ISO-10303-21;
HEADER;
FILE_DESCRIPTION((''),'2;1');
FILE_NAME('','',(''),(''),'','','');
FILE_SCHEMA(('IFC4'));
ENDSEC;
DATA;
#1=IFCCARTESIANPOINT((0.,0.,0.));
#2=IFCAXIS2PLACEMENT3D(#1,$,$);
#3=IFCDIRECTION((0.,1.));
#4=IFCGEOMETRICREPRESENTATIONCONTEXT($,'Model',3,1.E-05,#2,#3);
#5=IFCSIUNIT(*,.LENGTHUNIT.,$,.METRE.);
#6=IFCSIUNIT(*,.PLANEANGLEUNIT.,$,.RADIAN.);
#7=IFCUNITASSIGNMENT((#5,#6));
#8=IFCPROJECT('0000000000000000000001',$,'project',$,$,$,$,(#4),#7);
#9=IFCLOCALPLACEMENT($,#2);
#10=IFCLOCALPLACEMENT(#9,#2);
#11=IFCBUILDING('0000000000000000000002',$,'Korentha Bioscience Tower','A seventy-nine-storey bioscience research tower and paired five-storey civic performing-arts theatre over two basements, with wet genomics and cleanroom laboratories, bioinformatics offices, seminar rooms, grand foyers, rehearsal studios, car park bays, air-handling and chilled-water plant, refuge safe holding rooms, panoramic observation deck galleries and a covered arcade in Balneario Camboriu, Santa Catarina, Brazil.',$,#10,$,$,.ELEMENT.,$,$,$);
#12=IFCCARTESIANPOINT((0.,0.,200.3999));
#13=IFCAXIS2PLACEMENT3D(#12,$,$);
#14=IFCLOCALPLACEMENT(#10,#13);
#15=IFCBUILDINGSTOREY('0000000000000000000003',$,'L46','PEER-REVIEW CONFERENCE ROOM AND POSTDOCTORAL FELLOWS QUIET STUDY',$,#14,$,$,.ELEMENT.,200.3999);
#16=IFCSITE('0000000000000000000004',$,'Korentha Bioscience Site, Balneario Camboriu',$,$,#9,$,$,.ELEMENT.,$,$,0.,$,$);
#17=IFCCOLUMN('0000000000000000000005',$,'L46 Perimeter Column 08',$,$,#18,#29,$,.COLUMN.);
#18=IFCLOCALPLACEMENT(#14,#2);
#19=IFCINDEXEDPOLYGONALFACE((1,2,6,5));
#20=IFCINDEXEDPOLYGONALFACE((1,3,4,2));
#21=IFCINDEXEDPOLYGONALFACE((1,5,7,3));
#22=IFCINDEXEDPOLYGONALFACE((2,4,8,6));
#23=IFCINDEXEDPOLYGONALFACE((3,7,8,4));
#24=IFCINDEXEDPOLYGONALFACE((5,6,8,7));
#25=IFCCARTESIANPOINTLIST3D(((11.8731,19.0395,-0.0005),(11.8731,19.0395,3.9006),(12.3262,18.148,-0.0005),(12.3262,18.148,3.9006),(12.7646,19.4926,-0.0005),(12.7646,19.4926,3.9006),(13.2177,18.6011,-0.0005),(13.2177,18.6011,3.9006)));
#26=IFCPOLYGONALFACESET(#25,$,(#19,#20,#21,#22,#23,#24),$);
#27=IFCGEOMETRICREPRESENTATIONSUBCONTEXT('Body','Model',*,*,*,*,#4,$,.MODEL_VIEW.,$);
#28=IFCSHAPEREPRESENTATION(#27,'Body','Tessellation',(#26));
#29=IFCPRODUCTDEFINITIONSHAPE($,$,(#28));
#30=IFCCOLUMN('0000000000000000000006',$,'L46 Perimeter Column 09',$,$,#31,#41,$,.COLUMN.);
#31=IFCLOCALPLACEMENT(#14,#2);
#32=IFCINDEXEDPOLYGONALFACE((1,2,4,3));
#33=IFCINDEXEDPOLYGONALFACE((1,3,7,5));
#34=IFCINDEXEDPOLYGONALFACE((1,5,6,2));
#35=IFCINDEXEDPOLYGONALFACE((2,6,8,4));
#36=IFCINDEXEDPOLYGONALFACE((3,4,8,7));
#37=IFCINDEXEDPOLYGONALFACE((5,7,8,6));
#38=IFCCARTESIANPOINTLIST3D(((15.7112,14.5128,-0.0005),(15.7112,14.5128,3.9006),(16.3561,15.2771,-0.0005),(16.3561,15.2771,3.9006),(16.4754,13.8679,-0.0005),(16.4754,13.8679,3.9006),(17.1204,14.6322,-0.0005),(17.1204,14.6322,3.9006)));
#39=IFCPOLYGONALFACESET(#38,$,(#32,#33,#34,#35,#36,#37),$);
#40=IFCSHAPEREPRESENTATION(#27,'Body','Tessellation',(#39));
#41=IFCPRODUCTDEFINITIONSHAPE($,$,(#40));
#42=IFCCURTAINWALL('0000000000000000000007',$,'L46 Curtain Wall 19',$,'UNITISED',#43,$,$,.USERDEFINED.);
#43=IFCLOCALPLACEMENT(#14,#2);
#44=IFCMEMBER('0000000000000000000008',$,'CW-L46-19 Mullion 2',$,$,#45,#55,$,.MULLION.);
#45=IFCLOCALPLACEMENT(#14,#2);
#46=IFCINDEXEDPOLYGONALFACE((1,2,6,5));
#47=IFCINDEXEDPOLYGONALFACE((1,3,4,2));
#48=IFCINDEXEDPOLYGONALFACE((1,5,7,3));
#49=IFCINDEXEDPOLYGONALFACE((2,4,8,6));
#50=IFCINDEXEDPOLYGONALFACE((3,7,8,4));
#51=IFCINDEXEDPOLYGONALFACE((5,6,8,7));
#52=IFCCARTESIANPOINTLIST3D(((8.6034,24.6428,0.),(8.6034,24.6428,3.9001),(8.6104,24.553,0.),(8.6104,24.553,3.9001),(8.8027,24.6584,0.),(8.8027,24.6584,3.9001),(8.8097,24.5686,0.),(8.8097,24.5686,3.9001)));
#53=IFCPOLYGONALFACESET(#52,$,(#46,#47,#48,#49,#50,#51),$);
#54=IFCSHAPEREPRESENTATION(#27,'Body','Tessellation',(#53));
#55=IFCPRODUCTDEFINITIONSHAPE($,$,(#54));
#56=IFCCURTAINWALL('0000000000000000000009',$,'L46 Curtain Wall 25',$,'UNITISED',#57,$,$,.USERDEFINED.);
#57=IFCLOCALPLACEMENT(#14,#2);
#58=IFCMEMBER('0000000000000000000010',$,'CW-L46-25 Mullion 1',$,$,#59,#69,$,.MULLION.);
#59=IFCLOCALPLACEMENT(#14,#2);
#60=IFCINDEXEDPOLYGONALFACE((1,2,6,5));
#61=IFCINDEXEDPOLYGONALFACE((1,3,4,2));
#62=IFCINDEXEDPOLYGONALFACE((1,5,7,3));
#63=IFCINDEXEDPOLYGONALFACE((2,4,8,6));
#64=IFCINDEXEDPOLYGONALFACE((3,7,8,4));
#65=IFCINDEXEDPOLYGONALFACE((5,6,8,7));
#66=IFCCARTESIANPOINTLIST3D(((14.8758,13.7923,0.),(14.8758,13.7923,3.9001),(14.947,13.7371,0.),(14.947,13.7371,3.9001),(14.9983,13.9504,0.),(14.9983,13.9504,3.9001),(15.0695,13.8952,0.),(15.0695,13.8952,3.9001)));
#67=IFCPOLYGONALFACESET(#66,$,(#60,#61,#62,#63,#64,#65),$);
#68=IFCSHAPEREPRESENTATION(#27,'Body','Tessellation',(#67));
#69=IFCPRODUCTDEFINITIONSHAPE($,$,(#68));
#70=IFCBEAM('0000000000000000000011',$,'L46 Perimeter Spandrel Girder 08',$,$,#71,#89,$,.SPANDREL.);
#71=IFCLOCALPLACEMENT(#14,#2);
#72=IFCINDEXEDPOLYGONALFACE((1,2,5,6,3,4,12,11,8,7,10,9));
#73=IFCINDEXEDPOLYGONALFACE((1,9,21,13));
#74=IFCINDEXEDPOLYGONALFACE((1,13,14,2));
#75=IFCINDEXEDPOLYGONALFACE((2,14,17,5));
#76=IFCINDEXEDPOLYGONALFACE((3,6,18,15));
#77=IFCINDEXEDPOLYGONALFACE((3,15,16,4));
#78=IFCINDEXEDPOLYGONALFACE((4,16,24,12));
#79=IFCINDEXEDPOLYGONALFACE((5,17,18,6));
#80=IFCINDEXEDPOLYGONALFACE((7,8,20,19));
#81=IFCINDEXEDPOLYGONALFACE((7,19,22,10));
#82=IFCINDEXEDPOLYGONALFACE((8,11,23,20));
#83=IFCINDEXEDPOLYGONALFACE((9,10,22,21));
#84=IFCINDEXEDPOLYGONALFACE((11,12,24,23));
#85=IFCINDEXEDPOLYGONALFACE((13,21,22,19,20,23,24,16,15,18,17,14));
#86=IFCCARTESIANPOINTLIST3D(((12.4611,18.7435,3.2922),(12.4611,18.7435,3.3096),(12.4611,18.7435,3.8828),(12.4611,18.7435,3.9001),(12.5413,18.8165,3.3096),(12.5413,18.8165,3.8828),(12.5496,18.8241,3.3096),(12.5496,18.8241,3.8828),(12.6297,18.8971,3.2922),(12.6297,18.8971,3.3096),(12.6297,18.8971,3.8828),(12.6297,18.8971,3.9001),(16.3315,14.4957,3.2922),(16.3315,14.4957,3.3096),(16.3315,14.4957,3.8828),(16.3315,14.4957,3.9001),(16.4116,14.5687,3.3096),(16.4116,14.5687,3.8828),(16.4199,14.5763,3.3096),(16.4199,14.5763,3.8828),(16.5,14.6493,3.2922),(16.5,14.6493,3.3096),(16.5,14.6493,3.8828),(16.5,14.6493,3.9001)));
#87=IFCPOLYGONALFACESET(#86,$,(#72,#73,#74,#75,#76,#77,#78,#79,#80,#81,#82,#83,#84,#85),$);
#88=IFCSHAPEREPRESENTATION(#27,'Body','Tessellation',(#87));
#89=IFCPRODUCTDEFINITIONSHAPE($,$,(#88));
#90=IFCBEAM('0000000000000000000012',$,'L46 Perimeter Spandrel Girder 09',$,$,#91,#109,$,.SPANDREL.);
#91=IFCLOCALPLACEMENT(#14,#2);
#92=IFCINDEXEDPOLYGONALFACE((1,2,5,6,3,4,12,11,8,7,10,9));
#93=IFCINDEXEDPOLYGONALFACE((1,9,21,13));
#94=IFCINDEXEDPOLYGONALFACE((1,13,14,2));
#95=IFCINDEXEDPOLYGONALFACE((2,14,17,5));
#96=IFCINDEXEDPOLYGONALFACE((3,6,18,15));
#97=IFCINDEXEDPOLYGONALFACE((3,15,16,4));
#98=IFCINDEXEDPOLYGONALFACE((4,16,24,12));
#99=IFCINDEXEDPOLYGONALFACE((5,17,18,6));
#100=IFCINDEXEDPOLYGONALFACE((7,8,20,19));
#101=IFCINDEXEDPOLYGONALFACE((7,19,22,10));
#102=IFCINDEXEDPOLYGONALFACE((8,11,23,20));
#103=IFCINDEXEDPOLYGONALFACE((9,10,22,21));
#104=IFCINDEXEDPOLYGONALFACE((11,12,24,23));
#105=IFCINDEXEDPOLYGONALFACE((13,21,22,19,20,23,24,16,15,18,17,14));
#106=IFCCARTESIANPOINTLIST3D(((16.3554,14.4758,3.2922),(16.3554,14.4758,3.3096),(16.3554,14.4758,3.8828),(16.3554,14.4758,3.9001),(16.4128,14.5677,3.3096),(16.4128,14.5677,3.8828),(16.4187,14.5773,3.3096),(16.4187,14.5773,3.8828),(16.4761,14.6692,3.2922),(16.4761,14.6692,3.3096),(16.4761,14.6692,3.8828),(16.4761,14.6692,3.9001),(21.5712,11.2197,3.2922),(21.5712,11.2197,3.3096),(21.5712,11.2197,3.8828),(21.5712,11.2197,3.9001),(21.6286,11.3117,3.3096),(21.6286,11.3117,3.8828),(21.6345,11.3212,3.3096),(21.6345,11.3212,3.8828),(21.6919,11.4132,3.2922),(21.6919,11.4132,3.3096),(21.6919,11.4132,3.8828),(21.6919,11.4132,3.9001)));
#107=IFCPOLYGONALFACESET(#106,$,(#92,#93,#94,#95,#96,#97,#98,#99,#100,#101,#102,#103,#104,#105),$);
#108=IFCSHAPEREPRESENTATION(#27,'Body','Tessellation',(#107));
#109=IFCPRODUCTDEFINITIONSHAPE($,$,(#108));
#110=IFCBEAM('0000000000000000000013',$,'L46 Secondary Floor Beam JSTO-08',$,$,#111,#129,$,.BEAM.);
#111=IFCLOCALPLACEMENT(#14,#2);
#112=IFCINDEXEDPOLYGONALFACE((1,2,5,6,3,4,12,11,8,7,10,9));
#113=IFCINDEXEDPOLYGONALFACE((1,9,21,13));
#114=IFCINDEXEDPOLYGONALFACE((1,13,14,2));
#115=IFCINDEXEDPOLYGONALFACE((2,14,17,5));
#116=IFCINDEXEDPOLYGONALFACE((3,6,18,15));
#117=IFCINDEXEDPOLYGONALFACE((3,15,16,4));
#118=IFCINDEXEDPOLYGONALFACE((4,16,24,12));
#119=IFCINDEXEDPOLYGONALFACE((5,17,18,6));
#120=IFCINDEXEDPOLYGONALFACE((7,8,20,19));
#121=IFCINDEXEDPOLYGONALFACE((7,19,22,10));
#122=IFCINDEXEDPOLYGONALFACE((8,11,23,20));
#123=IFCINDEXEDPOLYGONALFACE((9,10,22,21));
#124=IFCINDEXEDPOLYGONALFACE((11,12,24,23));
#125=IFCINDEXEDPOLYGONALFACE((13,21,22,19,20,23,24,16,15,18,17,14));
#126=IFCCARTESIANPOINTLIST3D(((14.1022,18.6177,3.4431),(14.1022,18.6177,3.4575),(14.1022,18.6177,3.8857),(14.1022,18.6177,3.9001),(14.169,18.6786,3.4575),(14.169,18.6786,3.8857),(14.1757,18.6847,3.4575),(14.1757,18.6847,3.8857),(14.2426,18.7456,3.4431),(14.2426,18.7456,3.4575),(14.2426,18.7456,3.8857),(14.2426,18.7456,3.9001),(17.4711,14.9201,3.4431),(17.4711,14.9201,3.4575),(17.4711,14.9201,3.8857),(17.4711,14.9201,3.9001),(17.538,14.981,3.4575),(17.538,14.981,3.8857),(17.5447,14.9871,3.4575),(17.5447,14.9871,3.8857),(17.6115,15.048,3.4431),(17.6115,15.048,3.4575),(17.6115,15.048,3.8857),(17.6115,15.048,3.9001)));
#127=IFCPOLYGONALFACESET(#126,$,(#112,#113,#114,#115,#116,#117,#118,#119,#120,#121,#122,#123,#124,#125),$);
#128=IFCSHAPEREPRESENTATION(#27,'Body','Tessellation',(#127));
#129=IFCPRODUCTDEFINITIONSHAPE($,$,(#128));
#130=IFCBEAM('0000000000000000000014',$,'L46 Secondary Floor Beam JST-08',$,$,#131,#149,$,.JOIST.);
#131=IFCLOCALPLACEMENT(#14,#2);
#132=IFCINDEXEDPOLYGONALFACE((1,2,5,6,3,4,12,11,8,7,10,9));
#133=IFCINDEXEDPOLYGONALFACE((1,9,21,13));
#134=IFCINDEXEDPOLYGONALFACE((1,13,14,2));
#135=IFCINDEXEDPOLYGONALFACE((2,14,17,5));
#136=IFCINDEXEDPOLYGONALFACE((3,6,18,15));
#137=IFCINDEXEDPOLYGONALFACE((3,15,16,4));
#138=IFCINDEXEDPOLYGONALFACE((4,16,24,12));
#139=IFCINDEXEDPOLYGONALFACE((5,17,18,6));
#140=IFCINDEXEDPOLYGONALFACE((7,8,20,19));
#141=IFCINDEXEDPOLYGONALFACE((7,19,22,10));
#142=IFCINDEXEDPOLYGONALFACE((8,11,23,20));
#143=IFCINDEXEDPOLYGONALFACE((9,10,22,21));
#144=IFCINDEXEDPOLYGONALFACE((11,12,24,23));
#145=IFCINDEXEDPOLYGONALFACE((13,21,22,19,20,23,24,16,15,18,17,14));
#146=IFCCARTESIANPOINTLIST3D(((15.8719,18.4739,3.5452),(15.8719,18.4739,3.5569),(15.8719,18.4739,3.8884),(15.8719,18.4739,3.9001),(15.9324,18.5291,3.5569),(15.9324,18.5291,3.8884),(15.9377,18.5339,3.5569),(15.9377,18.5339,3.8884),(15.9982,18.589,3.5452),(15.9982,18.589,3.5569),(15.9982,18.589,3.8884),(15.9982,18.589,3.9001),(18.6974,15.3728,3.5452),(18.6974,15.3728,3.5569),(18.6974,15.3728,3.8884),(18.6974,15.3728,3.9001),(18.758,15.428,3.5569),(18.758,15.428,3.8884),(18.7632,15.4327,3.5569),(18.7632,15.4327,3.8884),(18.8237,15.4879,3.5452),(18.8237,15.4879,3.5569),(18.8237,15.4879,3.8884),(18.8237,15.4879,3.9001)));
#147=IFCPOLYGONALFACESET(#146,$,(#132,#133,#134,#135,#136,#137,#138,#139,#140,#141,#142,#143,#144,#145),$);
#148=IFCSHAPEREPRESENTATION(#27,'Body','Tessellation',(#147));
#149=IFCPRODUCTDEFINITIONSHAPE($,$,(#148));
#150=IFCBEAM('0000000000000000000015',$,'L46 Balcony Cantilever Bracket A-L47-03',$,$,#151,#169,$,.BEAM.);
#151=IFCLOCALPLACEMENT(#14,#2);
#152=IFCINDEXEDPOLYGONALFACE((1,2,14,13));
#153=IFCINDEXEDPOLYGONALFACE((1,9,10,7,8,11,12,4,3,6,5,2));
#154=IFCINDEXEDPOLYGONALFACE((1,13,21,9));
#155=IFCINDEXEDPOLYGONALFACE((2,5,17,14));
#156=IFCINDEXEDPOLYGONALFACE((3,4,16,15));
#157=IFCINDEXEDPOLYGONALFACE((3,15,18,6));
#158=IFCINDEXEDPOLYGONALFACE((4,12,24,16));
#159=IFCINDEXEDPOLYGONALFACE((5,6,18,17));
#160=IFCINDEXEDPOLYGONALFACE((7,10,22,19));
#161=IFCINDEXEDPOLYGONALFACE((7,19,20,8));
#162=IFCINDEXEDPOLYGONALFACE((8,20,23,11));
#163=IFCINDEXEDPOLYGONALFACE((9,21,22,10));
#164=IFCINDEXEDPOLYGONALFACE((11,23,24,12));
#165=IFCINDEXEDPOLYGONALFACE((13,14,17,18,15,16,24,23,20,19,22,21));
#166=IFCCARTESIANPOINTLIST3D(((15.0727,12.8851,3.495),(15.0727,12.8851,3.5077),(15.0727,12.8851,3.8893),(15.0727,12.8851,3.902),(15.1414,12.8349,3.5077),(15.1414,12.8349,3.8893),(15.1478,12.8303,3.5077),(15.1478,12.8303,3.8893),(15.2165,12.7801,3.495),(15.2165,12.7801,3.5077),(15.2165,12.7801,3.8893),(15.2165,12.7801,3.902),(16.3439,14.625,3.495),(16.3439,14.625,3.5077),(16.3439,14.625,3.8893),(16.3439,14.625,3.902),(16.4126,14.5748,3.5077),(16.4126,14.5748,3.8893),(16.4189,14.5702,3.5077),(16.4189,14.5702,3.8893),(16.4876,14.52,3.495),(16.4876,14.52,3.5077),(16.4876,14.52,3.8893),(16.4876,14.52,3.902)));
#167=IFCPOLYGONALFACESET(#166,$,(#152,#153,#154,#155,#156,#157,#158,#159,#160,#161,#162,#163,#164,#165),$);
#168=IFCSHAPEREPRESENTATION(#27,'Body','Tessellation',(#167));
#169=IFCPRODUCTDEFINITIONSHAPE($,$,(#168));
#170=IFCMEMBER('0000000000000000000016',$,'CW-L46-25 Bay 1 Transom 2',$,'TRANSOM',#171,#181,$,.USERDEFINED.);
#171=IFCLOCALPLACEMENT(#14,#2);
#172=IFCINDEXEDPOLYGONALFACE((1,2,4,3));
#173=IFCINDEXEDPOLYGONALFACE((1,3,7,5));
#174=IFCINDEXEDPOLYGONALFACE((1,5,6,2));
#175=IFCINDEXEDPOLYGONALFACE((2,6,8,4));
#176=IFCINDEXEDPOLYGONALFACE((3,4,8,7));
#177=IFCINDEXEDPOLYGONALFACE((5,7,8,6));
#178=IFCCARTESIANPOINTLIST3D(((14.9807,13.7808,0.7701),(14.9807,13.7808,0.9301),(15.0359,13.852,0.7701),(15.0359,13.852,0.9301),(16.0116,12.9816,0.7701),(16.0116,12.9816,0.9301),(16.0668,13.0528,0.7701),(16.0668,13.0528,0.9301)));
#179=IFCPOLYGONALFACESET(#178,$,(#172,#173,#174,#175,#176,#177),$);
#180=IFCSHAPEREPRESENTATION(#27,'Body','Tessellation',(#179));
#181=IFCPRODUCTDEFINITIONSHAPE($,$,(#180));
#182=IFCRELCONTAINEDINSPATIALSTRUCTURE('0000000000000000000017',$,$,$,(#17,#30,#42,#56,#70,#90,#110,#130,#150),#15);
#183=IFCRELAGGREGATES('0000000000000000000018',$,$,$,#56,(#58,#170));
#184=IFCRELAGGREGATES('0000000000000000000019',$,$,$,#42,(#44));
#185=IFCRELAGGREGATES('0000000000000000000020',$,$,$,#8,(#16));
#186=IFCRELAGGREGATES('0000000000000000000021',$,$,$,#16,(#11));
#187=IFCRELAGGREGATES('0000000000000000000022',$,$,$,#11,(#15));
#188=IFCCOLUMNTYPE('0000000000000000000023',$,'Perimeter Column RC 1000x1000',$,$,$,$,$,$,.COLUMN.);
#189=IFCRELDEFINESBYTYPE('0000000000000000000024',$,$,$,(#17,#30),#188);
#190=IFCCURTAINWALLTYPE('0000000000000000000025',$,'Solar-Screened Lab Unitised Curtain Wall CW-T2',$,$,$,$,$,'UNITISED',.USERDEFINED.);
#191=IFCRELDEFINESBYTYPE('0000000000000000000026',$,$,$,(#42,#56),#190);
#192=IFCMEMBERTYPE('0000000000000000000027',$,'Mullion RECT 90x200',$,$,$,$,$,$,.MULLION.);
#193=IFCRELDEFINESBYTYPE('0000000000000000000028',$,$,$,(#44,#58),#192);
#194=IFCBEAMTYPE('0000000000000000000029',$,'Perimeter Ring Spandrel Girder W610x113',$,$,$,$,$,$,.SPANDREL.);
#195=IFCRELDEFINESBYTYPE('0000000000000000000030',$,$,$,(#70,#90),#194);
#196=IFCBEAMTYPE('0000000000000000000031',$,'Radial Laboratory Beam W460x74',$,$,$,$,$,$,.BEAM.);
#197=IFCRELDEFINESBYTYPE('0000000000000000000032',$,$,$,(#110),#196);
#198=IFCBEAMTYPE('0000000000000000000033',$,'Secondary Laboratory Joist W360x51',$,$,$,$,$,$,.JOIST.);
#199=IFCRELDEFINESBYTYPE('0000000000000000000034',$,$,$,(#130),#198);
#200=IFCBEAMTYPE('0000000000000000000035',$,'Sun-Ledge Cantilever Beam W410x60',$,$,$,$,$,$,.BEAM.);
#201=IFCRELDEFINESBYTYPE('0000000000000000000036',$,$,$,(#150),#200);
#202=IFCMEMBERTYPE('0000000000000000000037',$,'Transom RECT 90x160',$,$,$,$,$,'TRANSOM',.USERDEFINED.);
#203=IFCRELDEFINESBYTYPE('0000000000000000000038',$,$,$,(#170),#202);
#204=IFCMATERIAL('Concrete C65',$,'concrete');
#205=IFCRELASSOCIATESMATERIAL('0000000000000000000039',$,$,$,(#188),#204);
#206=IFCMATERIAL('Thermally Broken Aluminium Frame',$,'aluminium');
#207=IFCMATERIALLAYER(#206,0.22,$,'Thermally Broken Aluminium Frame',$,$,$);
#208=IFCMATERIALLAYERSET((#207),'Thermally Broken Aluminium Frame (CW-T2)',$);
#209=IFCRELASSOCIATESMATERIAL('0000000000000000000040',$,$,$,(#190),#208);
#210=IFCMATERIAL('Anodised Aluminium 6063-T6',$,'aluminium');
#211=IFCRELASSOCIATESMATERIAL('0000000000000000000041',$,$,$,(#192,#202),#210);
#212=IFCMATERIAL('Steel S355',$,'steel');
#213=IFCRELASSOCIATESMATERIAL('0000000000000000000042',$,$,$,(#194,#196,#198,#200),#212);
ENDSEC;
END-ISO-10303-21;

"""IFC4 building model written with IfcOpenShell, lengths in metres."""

from ifc_helpers import new_model, si_unit, direction, frame, origin, origin_2d, place, context, subcontext, project, spatial, rectangle, i_section, extrude, material, layer, layer_set, material_profile, profile_set, type_object, element, aggregate, save


model = new_model("IFC4")

# Units and contexts
model_context = context("Model", 3, precision=1e-05, world=origin(), true_north=direction((0.0, 1.0)))
body_context = subcontext(model_context, "Body", "Model", "MODEL_VIEW")
ifc_project = project(units=[si_unit("LENGTHUNIT", "METRE"), si_unit("PLANEANGLEUNIT", "RADIAN")], contexts=[model_context])

# Site, building, storey
site_placement = place(None, origin())
site = spatial("IfcSite", under=ifc_project, at=site_placement, Name="Korentha Bioscience Site, Balneario Camboriu", CompositionType="ELEMENT", RefElevation=0.0)
building_placement = place(site_placement, origin())
building = spatial("IfcBuilding", under=site, at=building_placement, Name="Korentha Bioscience Tower", Description="A seventy-nine-storey bioscience research tower and paired five-storey civic performing-arts theatre over two basements, with wet genomics and cleanroom laboratories, bioinformatics offices, seminar rooms, grand foyers, rehearsal studios, car park bays, air-handling and chilled-water plant, refuge safe holding rooms, panoramic observation deck galleries and a covered arcade in Balneario Camboriu, Santa Catarina, Brazil.", CompositionType="ELEMENT")
storey_placement = place(building_placement, frame((0.0, 0.0, 200.3999)))
storey = spatial("IfcBuildingStorey", under=building, at=storey_placement, Name="L46", Description="PEER-REVIEW CONFERENCE ROOM AND POSTDOCTORAL FELLOWS QUIET STUDY", CompositionType="ELEMENT", Elevation=200.3999)

# Columns
ifc_material_1 = material(Name="Concrete C65", Category="concrete")
ifc_material_profile_1 = material_profile(ifc_material_1, rectangle(XDim=1.0, YDim=1.0, at=origin_2d()), Name="Concrete C65")
ifc_profile_set_1 = profile_set([ifc_material_profile_1], Name="Concrete C65 (COL-P10)")
column_type = type_object("IfcColumnType", Name="Perimeter Column RC 1000x1000", PredefinedType="COLUMN", material=ifc_profile_set_1)
for number, where, z_axis, x_axis, name in (
    (1, (12.5454, 18.8203, -0.0005), (0.0, 0.0, 1.0), (-0.453057, 0.891481, 0.0), "L46 Perimeter Column 08"),
    (2, (16.4158, 14.5725, -0.0005), (0.0, 0.0, 1.0), (-0.764246, 0.644924, 0.0), "L46 Perimeter Column 09"),
):
    element("IfcColumn", number, at=place(storey_placement, frame(where, z_axis=z_axis, x_axis=x_axis)), inside=storey, type_object=column_type, Name=name, PredefinedType="COLUMN", context=body_context, shape_type="SweptSolid", body=[
        extrude(rectangle(XDim=1.0, YDim=1.0, at=origin_2d()), origin(), (0.0, 0.0, 1.0), 3.9011),
    ])

# Curtain walls, members
ifc_material_2 = material(Name="Thermally Broken Aluminium Frame", Category="aluminium")
ifc_layer_1 = layer(ifc_material_2, 0.22, Name="Thermally Broken Aluminium Frame")
ifc_layer_set_1 = layer_set([ifc_layer_1], Name="Thermally Broken Aluminium Frame (CW-T2)")
curtain_wall_type = type_object("IfcCurtainWallType", Name="Solar-Screened Lab Unitised Curtain Wall CW-T2", ElementType="UNITISED", PredefinedType="USERDEFINED", material=ifc_layer_set_1)
curtain_wall_1_placement = place(storey_placement, origin())
curtain_wall_1 = element("IfcCurtainWall", 3, at=curtain_wall_1_placement, inside=storey, type_object=curtain_wall_type, Name="L46 Curtain Wall 19", ObjectType="UNITISED", PredefinedType="USERDEFINED")
ifc_material_3 = material(Name="Anodised Aluminium 6063-T6", Category="aluminium")
ifc_material_profile_2 = material_profile(ifc_material_3, rectangle(XDim=0.0901, YDim=0.2, at=origin_2d()), Name="Anodised Aluminium 6063-T6")
ifc_profile_set_2 = profile_set([ifc_material_profile_2], Name="Anodised Aluminium 6063-T6 (CW-MUL)")
member_type_1 = type_object("IfcMemberType", Name="Mullion RECT 90x200", PredefinedType="MULLION", material=ifc_profile_set_2)
member_1_placement = place(storey_placement, frame((8.7065, 24.6057, 0.0), z_axis=(0.0, 0.0, 1.0), x_axis=(0.077988, -0.996954, 0.0)))
member_1 = element("IfcMember", 4, at=member_1_placement, type_object=member_type_1, Name="CW-L46-19 Mullion 2", PredefinedType="MULLION", context=body_context, shape_type="SweptSolid", body=[
    extrude(rectangle(XDim=0.0901, YDim=0.2, at=origin_2d()), origin(), (0.0, 0.0, 1.0), 3.9001),
])
curtain_wall_2_placement = place(storey_placement, origin())
curtain_wall_2 = element("IfcCurtainWall", 5, at=curtain_wall_2_placement, inside=storey, type_object=curtain_wall_type, Name="L46 Curtain Wall 25", ObjectType="UNITISED", PredefinedType="USERDEFINED")
member_2_placement = place(storey_placement, frame((14.9727, 13.8438, 0.0), z_axis=(0.0, 0.0, 1.0), x_axis=(0.790346, -0.612661, 0.0)))
member_2 = element("IfcMember", 6, at=member_2_placement, type_object=member_type_1, Name="CW-L46-25 Mullion 1", PredefinedType="MULLION", context=body_context, shape_type="SweptSolid", body=[
    extrude(rectangle(XDim=0.0901, YDim=0.2, at=origin_2d()), origin(), (0.0, 0.0, 1.0), 3.9001),
])

# Beams
ifc_material_4 = material(Name="Steel S355", Category="steel")
ifc_material_profile_3 = material_profile(ifc_material_4, i_section(OverallWidth=0.228, OverallDepth=0.6079, WebThickness=0.0112, FlangeThickness=0.0173, at=origin_2d()), Name="Steel S355")
ifc_profile_set_3 = profile_set([ifc_material_profile_3], Name="Steel S355 (SB-610)")
beam_type_1 = type_object("IfcBeamType", Name="Perimeter Ring Spandrel Girder W610x113", PredefinedType="SPANDREL", material=ifc_profile_set_3)
beam_1_placement = place(storey_placement, frame((12.5454, 18.8203, 3.5962), z_axis=(0.673503, -0.739184, 0.0), x_axis=(0.739184, 0.673503, 0.0)))
element("IfcBeam", 7, at=beam_1_placement, inside=storey, type_object=beam_type_1, Name="L46 Perimeter Spandrel Girder 08", PredefinedType="SPANDREL", context=body_context, shape_type="SweptSolid", body=[
    extrude(i_section(OverallWidth=0.228, OverallDepth=0.6079, WebThickness=0.0112, FlangeThickness=0.0173, at=origin_2d()), origin(), (0.0, 0.0, 1.0), 5.7466),
])
beam_2_placement = place(storey_placement, frame((16.4158, 14.5725, 3.5962), z_axis=(0.848275, -0.529556, 0.0), x_axis=(0.529556, 0.848275, 0.0)))
element("IfcBeam", 8, at=beam_2_placement, inside=storey, type_object=beam_type_1, Name="L46 Perimeter Spandrel Girder 09", PredefinedType="SPANDREL", context=body_context, shape_type="SweptSolid", body=[
    extrude(i_section(OverallWidth=0.228, OverallDepth=0.6079, WebThickness=0.0112, FlangeThickness=0.0173, at=origin_2d()), origin(), (0.0, 0.0, 1.0), 6.1487),
])
ifc_material_profile_4 = material_profile(ifc_material_4, i_section(OverallWidth=0.1899, OverallDepth=0.457, WebThickness=0.009, FlangeThickness=0.0144, at=origin_2d()), Name="Steel S355")
ifc_profile_set_4 = profile_set([ifc_material_profile_4], Name="Steel S355 (RB-460)")
beam_type_2 = type_object("IfcBeamType", Name="Radial Laboratory Beam W460x74", PredefinedType="BEAM", material=ifc_profile_set_4)
beam_3_placement = place(storey_placement, frame((14.1724, 18.6816, 3.6716), z_axis=(0.673496, -0.739191, 0.0), x_axis=(0.739191, 0.673496, 0.0)))
element("IfcBeam", 9, at=beam_3_placement, inside=storey, type_object=beam_type_2, Name="L46 Secondary Floor Beam JSTO-08", PredefinedType="BEAM", context=body_context, shape_type="SweptSolid", body=[
    extrude(i_section(OverallWidth=0.1899, OverallDepth=0.457, WebThickness=0.009, FlangeThickness=0.0144, at=origin_2d()), origin(), (0.0, 0.0, 1.0), 5.0022),
])
ifc_material_profile_5 = material_profile(ifc_material_4, i_section(OverallWidth=0.1709, OverallDepth=0.355, WebThickness=0.0071, FlangeThickness=0.0117, at=origin_2d()), Name="Steel S355")
ifc_profile_set_5 = profile_set([ifc_material_profile_5], Name="Steel S355 (JB-360)")
beam_type_3 = type_object("IfcBeamType", Name="Secondary Laboratory Joist W360x51", PredefinedType="JOIST", material=ifc_profile_set_5)
beam_4_placement = place(storey_placement, frame((15.9351, 18.5315, 3.7227), z_axis=(0.673492, -0.739194, 0.0), x_axis=(0.739194, 0.673492, 0.0)))
element("IfcBeam", 10, at=beam_4_placement, inside=storey, type_object=beam_type_3, Name="L46 Secondary Floor Beam JST-08", PredefinedType="JOIST", context=body_context, shape_type="SweptSolid", body=[
    extrude(i_section(OverallWidth=0.1709, OverallDepth=0.355, WebThickness=0.0071, FlangeThickness=0.0117, at=origin_2d()), origin(), (0.0, 0.0, 1.0), 4.1953),
])
ifc_material_profile_6 = material_profile(ifc_material_4, i_section(OverallWidth=0.178, OverallDepth=0.407, WebThickness=0.0078, FlangeThickness=0.0127, at=origin_2d()), Name="Steel S355")
ifc_profile_set_6 = profile_set([ifc_material_profile_6], Name="Steel S355 (CB-410)")
beam_type_4 = type_object("IfcBeamType", Name="Sun-Ledge Cantilever Beam W410x60", PredefinedType="BEAM", material=ifc_profile_set_6)
beam_5_placement = place(storey_placement, frame((16.4158, 14.5725, 3.6985), z_axis=(-0.589929, -0.807455, 0.0), x_axis=(0.807455, -0.589929, 0.0)))
element("IfcBeam", 11, at=beam_5_placement, inside=storey, type_object=beam_type_4, Name="L46 Balcony Cantilever Bracket A-L47-03", PredefinedType="BEAM", context=body_context, shape_type="SweptSolid", body=[
    extrude(i_section(OverallWidth=0.178, OverallDepth=0.407, WebThickness=0.0078, FlangeThickness=0.0127, at=origin_2d()), origin(), (0.0, 0.0, 1.0), 2.1548),
])

# Member
ifc_material_profile_7 = material_profile(ifc_material_3, rectangle(XDim=0.0901, YDim=0.1599, at=origin_2d()), Name="Anodised Aluminium 6063-T6")
ifc_profile_set_7 = profile_set([ifc_material_profile_7], Name="Anodised Aluminium 6063-T6 (CW-TRN)")
member_type_2 = type_object("IfcMemberType", Name="Transom RECT 90x160", ElementType="TRANSOM", PredefinedType="USERDEFINED", material=ifc_profile_set_7)
member_3_placement = place(storey_placement, frame((15.0083, 13.8164, 0.8501), z_axis=(0.790309, -0.612709, 0.0), x_axis=(0.612709, 0.790309, 0.0)))
member_3 = element("IfcMember", 12, at=member_3_placement, type_object=member_type_2, Name="CW-L46-25 Bay 1 Transom 2", ObjectType="TRANSOM", PredefinedType="USERDEFINED", context=body_context, shape_type="SweptSolid", body=[
    extrude(rectangle(XDim=0.0901, YDim=0.1599, at=origin_2d()), origin(), (0.0, 0.0, 1.0), 1.3044),
])
aggregate(curtain_wall_2, [member_2, member_3])

aggregate(curtain_wall_1, [member_1])

save(model, "model.ifc")
